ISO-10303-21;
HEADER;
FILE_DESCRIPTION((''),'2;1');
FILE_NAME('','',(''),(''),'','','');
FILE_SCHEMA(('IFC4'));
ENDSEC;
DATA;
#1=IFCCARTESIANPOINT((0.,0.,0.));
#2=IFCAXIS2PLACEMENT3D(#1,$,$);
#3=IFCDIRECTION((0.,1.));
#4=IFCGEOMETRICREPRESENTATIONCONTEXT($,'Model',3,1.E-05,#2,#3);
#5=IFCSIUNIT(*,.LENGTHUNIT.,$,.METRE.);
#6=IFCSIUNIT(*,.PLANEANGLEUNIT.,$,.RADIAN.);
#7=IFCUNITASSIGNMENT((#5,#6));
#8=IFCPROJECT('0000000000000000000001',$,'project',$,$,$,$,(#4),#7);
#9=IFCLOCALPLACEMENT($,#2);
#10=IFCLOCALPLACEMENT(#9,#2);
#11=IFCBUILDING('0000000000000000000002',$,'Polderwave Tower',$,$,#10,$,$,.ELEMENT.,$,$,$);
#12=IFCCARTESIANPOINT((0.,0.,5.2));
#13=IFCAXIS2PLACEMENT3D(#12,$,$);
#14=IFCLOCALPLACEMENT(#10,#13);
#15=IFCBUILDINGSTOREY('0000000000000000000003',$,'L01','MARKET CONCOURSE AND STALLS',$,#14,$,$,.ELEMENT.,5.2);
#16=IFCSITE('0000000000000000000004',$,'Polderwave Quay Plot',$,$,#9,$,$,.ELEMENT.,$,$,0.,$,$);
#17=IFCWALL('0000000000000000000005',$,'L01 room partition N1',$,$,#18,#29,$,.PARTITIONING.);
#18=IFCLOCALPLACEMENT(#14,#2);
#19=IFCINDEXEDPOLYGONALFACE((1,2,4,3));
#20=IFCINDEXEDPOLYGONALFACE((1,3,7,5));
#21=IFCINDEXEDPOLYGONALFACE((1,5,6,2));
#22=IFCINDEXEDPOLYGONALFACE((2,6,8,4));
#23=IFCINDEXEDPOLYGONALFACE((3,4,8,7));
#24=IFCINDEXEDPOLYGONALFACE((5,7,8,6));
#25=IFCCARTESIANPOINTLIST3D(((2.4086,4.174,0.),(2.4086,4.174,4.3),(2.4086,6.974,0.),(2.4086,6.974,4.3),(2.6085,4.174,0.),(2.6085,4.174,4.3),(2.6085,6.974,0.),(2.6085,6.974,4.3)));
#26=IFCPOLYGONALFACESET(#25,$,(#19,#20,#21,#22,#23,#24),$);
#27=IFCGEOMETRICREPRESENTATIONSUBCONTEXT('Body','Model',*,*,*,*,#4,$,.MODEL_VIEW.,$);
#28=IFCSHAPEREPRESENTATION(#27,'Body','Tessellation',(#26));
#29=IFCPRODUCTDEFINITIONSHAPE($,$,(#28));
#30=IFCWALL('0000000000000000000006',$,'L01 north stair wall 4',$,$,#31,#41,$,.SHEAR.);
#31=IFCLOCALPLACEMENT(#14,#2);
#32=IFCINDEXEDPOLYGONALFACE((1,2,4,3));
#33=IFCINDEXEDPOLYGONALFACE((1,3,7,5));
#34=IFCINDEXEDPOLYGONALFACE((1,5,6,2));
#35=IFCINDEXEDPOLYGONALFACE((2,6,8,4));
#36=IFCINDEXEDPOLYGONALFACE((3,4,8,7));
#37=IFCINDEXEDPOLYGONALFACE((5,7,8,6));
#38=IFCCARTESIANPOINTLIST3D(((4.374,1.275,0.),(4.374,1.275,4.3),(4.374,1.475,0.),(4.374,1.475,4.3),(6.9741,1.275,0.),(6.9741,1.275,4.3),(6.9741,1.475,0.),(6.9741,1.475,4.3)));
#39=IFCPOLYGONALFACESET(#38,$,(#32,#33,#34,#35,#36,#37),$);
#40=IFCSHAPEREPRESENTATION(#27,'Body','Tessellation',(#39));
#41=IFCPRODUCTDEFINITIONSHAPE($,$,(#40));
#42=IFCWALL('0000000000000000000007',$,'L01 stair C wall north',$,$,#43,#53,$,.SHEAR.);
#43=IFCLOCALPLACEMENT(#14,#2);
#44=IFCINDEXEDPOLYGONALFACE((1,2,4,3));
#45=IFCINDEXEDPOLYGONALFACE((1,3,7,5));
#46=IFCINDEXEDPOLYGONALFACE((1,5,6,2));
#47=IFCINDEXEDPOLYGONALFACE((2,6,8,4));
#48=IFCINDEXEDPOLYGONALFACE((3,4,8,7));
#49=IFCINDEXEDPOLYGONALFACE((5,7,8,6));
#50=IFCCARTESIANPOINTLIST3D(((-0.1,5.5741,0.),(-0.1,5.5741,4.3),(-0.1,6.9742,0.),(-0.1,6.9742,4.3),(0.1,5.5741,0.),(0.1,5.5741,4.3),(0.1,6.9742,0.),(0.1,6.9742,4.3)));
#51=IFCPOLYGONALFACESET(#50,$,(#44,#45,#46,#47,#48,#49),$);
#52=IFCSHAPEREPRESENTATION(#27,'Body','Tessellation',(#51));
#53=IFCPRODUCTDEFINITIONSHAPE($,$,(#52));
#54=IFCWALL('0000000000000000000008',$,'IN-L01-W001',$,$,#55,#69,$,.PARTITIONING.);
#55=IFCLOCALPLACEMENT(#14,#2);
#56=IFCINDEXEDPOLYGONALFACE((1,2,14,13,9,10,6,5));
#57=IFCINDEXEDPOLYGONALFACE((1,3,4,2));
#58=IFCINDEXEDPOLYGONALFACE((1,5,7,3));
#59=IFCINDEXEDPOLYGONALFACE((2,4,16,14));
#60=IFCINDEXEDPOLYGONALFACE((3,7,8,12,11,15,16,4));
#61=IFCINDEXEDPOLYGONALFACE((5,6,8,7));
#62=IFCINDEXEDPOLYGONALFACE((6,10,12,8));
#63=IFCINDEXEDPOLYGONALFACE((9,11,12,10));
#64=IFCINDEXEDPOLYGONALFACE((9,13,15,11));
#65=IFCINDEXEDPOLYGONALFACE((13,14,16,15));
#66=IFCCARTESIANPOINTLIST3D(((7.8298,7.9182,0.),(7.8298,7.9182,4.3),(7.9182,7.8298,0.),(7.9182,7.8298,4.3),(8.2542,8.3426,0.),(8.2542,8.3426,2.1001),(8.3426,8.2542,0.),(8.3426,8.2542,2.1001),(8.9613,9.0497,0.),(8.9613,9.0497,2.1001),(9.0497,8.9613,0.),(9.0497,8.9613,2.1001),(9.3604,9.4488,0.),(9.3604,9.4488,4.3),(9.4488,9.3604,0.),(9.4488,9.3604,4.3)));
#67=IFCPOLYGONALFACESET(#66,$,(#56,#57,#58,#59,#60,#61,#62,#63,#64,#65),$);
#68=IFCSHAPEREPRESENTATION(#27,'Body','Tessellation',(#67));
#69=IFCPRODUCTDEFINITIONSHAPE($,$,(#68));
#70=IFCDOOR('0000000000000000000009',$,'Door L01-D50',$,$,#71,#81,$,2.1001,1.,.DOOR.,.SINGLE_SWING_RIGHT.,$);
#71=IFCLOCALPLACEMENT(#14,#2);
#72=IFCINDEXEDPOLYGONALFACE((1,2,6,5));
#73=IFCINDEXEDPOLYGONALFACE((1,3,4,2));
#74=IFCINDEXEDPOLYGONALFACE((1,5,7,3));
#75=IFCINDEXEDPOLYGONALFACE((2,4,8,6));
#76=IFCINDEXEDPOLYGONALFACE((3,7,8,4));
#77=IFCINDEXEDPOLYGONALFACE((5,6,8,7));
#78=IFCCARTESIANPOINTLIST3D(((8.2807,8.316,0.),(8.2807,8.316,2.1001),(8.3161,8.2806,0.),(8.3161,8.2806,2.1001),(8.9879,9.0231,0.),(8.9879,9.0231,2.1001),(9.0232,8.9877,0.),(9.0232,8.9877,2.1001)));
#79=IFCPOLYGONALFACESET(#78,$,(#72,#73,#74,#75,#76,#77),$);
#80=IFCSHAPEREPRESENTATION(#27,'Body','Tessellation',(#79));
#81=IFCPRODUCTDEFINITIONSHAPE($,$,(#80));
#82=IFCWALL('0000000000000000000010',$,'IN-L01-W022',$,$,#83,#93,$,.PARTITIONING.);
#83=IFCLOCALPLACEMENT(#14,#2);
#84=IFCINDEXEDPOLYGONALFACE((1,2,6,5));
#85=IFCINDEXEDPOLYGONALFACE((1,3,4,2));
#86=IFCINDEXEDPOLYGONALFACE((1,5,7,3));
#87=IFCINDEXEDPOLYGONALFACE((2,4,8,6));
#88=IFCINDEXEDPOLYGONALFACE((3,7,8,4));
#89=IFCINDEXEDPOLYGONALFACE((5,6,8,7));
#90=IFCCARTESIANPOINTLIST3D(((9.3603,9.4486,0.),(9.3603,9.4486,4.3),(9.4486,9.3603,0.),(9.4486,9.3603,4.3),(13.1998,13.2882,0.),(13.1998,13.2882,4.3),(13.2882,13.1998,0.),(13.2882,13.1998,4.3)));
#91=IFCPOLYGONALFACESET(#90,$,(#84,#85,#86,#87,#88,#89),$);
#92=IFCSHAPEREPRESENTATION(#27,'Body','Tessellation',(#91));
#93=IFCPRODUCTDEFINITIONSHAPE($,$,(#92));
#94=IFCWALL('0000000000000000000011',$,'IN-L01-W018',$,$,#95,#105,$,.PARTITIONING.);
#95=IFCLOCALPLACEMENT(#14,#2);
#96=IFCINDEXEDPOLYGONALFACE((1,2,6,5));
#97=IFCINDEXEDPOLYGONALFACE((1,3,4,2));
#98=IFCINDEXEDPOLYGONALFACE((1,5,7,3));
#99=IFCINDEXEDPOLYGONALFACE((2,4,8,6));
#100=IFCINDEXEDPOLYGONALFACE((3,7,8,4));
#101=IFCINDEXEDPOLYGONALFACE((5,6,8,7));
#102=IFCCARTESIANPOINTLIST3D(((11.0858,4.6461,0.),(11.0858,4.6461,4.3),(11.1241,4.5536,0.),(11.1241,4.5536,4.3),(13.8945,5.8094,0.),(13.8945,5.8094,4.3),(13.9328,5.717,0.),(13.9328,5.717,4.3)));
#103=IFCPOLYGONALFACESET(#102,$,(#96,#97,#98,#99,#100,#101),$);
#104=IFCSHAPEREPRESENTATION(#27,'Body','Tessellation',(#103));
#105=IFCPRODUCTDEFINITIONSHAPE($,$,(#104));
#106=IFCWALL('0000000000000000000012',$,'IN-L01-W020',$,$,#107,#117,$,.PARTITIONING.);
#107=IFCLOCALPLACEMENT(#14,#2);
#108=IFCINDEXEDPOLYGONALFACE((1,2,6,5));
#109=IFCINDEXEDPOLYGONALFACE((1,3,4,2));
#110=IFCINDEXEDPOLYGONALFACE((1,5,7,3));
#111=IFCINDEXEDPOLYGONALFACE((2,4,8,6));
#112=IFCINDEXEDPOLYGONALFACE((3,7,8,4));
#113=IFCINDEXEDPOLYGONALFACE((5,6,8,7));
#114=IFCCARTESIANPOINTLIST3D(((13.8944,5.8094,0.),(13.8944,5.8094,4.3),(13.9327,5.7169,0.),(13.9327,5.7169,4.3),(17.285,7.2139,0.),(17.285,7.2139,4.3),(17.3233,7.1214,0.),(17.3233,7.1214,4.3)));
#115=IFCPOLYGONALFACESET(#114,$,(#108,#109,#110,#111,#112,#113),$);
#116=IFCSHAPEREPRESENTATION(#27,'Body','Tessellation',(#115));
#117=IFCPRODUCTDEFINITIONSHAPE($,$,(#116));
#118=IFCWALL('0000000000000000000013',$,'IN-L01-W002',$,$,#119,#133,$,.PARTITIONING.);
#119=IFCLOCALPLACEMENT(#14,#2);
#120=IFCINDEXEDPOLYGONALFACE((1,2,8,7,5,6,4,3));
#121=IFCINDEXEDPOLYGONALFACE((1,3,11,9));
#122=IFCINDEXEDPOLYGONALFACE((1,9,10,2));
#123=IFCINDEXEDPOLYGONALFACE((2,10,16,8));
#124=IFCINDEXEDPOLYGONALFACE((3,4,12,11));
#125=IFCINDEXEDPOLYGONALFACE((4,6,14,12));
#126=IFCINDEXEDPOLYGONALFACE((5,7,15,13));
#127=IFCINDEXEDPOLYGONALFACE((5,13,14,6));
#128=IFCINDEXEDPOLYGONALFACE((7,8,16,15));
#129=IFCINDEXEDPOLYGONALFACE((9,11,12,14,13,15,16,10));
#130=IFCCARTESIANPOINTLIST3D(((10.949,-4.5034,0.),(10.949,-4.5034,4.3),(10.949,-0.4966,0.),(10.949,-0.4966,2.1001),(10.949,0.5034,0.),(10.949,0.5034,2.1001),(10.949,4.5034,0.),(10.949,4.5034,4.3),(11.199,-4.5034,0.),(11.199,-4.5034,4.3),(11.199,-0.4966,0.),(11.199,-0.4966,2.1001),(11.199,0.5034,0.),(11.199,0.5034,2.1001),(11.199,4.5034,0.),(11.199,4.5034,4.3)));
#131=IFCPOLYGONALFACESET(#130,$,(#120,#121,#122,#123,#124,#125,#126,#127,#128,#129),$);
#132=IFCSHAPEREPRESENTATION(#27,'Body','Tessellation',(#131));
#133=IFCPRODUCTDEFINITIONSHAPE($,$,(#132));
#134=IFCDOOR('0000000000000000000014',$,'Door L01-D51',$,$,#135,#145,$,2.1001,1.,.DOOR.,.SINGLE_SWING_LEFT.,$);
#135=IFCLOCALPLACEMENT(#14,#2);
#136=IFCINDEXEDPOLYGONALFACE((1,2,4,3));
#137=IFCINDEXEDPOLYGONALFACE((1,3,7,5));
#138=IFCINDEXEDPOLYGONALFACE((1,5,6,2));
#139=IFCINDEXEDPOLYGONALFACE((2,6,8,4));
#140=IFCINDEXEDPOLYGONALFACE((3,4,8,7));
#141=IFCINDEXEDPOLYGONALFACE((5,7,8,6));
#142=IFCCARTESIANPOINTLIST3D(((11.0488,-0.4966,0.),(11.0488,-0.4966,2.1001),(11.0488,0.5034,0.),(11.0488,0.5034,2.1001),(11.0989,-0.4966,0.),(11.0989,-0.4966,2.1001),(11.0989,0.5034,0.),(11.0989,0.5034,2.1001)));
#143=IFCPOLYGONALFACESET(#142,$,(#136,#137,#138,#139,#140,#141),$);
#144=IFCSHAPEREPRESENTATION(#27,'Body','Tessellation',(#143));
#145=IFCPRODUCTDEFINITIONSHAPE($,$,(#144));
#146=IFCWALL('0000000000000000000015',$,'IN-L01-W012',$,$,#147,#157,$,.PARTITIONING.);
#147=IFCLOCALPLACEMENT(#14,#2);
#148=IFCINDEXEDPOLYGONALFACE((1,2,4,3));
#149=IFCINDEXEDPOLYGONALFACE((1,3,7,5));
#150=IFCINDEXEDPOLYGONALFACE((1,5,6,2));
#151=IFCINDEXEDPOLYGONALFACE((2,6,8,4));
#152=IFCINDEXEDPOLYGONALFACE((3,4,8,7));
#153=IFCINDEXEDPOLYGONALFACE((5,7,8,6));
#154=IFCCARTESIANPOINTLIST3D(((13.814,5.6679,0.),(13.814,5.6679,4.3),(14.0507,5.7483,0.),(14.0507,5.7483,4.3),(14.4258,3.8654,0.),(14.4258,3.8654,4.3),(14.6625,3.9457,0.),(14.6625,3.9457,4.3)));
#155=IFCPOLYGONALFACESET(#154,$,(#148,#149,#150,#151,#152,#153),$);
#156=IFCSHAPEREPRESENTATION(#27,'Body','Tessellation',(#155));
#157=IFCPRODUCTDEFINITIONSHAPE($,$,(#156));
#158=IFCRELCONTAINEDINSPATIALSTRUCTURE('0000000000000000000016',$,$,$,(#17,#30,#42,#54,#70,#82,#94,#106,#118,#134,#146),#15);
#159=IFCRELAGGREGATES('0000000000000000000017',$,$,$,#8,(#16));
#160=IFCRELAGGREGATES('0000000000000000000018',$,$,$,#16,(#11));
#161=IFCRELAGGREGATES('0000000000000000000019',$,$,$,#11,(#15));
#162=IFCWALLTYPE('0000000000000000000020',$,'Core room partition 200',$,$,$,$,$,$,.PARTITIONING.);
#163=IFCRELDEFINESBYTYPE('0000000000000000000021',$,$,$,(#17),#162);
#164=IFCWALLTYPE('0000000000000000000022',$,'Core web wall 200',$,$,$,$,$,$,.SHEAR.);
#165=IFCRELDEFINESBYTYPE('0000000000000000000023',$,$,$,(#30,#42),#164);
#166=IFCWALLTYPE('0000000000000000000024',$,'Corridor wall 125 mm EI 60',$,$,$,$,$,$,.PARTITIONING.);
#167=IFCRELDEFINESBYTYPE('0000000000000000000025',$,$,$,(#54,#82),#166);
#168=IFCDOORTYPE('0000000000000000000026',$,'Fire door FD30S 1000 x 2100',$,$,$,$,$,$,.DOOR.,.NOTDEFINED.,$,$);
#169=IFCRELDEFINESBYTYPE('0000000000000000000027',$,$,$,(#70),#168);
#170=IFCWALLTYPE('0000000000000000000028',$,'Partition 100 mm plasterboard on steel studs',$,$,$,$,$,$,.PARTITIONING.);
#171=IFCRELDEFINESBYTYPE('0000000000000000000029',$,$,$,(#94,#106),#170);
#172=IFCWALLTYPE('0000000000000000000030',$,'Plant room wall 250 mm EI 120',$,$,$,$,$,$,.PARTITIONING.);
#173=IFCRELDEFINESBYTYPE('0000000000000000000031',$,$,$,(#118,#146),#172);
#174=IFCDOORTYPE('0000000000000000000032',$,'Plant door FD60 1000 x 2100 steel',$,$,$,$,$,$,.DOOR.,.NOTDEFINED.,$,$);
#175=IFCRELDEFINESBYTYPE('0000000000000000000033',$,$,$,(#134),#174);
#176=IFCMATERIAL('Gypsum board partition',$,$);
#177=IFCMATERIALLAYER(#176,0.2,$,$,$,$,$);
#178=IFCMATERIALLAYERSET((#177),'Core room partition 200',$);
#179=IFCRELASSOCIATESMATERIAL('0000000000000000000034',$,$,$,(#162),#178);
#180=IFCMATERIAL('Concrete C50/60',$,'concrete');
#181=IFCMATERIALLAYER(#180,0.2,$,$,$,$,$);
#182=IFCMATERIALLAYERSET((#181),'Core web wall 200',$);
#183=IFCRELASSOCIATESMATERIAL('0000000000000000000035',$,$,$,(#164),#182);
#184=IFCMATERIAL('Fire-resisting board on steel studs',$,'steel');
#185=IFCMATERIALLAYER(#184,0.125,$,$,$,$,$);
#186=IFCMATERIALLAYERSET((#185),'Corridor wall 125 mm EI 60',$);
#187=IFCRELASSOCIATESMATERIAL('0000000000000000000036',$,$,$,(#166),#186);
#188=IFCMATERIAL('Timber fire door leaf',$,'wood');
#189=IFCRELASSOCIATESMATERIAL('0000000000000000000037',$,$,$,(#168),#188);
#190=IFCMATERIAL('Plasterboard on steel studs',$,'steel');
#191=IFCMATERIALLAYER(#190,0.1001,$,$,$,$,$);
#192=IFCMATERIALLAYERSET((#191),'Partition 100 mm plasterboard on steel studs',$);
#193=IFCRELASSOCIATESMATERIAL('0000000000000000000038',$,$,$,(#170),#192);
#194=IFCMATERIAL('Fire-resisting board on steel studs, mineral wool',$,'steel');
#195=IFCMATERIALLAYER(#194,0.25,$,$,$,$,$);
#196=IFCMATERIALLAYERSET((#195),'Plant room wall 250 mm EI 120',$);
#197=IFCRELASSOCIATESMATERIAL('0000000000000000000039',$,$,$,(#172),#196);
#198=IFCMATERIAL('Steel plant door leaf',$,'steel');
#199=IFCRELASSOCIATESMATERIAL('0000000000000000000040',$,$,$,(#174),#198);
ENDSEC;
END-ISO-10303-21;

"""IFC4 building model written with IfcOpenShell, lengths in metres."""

from ifc_helpers import new_model, si_unit, direction, frame, frame_2d, origin, place, context, subcontext, project, spatial, rectangle, extrude, material, layer, layer_set, type_object, element, fill, save


model = new_model("IFC4")

# Units and contexts
model_context = context("Model", 3, precision=1e-05, world=origin(), true_north=direction((0.0, 1.0)))
body_context = subcontext(model_context, "Body", "Model", "MODEL_VIEW")
ifc_project = project(units=[si_unit("LENGTHUNIT", "METRE"), si_unit("PLANEANGLEUNIT", "RADIAN")], contexts=[model_context])

# Site, building, storey
site_placement = place(None, origin())
site = spatial("IfcSite", under=ifc_project, at=site_placement, Name="Polderwave Quay Plot", CompositionType="ELEMENT", RefElevation=0.0)
building_placement = place(site_placement, origin())
building = spatial("IfcBuilding", under=site, at=building_placement, Name="Polderwave Tower", CompositionType="ELEMENT")
storey_placement = place(building_placement, frame((0.0, 0.0, 5.2)))
storey = spatial("IfcBuildingStorey", under=building, at=storey_placement, Name="L01", Description="MARKET CONCOURSE AND STALLS", CompositionType="ELEMENT", Elevation=5.2)

# Walls
ifc_material_1 = material(Name="Gypsum board partition")
ifc_layer_1 = layer(ifc_material_1, 0.2)
ifc_layer_set_1 = layer_set([ifc_layer_1], Name="Core room partition 200")
wall_type_1 = type_object("IfcWallType", Name="Core room partition 200", PredefinedType="PARTITIONING", material=ifc_layer_set_1)
wall_1_placement = place(storey_placement, frame((2.5085, 4.1741, 0.0), z_axis=(0.0, 0.0, 1.0), x_axis=(0.0, 1.0, 0.0)))
element("IfcWall", 1, at=wall_1_placement, inside=storey, type_object=wall_type_1, Name="L01 room partition N1", PredefinedType="PARTITIONING", context=body_context, shape_type="SweptSolid", body=[
    extrude(rectangle(XDim=2.8, YDim=0.2, at=frame_2d((1.3999, 0.0))), origin(), (0.0, 0.0, 1.0), 4.3),
])
ifc_material_2 = material(Name="Concrete C50/60", Category="concrete")
ifc_layer_2 = layer(ifc_material_2, 0.2)
ifc_layer_set_2 = layer_set([ifc_layer_2], Name="Core web wall 200")
wall_type_2 = type_object("IfcWallType", Name="Core web wall 200", PredefinedType="SHEAR", material=ifc_layer_set_2)
wall_2_placement = place(storey_placement, frame((4.374, 1.375, 0.0), z_axis=(0.0, 0.0, 1.0), x_axis=(1.0, 0.0, 0.0)))
element("IfcWall", 2, at=wall_2_placement, inside=storey, type_object=wall_type_2, Name="L01 north stair wall 4", PredefinedType="SHEAR", context=body_context, shape_type="SweptSolid", body=[
    extrude(rectangle(XDim=2.6001, YDim=0.2, at=frame_2d((1.3, 0.0))), origin(), (0.0, 0.0, 1.0), 4.3),
])
wall_3_placement = place(storey_placement, frame((0.0, 5.574, 0.0), z_axis=(0.0, 0.0, 1.0), x_axis=(0.0, 1.0, 0.0)))
element("IfcWall", 3, at=wall_3_placement, inside=storey, type_object=wall_type_2, Name="L01 stair C wall north", PredefinedType="SHEAR", context=body_context, shape_type="SweptSolid", body=[
    extrude(rectangle(XDim=1.4001, YDim=0.2, at=frame_2d((0.7002, 0.0))), origin(), (0.0, 0.0, 1.0), 4.3),
])

# Wall, opening, door
ifc_material_3 = material(Name="Fire-resisting board on steel studs", Category="steel")
ifc_layer_3 = layer(ifc_material_3, 0.125)
ifc_layer_set_3 = layer_set([ifc_layer_3], Name="Corridor wall 125 mm EI 60")
wall_type_3 = type_object("IfcWallType", Name="Corridor wall 125 mm EI 60", PredefinedType="PARTITIONING", material=ifc_layer_set_3)
wall_4_placement = place(storey_placement, frame((7.874, 7.874, 0.0), z_axis=(0.0, 0.0, 1.0), x_axis=(0.707107, 0.707107, 0.0)))
wall_4 = element("IfcWall", 4, at=wall_4_placement, inside=storey, type_object=wall_type_3, Name="IN-L01-W001", PredefinedType="PARTITIONING", context=body_context, shape_type="SweptSolid", body=[
    extrude(rectangle(XDim=2.1646, YDim=0.125, at=frame_2d((1.0823, 0.0))), origin(), (0.0, 0.0, 1.0), 4.3),
])
opening_1_placement = place(wall_4_placement, frame((0.6001, 0.0, 0.0)))
opening_1 = element("IfcOpeningElement", 5, at=opening_1_placement, cuts=wall_4, PredefinedType="OPENING", context=body_context, shape_type="SweptSolid", body=[
    extrude(rectangle(XDim=1.0, YDim=2.1001, at=frame_2d((0.5, 1.05))), frame((0.0, 0.0725, 0.0), z_axis=(0.0, -1.0, 0.0), x_axis=(1.0, 0.0, 0.0)), (0.0, 0.0, 1.0), 0.145),
])
ifc_material_4 = material(Name="Timber fire door leaf", Category="wood")
door_type_1 = type_object("IfcDoorType", Name="Fire door FD30S 1000 x 2100", OperationType="NOTDEFINED", PredefinedType="DOOR", material=ifc_material_4)
door_1_placement = place(opening_1_placement, origin())
door_1 = element("IfcDoor", 6, at=door_1_placement, inside=storey, type_object=door_type_1, Name="Door L01-D50", OperationType="SINGLE_SWING_RIGHT", OverallHeight=2.1001, OverallWidth=1.0, PredefinedType="DOOR", context=body_context, shape_type="SweptSolid", body=[
    extrude(rectangle(XDim=1.0, YDim=2.1001, at=frame_2d((0.5, 1.05))), frame((0.0, 0.0249, 0.0), z_axis=(0.0, -1.0, 0.0), x_axis=(1.0, 0.0, 0.0)), (0.0, 0.0, 1.0), 0.05),
])
fill(opening_1, door_1)

# Walls
wall_5_placement = place(storey_placement, frame((9.4045, 9.4045, 0.0), z_axis=(0.0, 0.0, 1.0), x_axis=(0.707107, 0.707107, 0.0)))
element("IfcWall", 7, at=wall_5_placement, inside=storey, type_object=wall_type_3, Name="IN-L01-W022", PredefinedType="PARTITIONING", context=body_context, shape_type="SweptSolid", body=[
    extrude(rectangle(XDim=5.4299, YDim=0.125, at=frame_2d((2.7148, 0.0))), origin(), (0.0, 0.0, 1.0), 4.3),
])
ifc_material_5 = material(Name="Plasterboard on steel studs", Category="steel")
ifc_layer_4 = layer(ifc_material_5, 0.1001)
ifc_layer_set_4 = layer_set([ifc_layer_4], Name="Partition 100 mm plasterboard on steel studs")
wall_type_4 = type_object("IfcWallType", Name="Partition 100 mm plasterboard on steel studs", PredefinedType="PARTITIONING", material=ifc_layer_set_4)
wall_6_placement = place(storey_placement, frame((11.105, 4.5999, 0.0), z_axis=(0.0, 0.0, 1.0), x_axis=(0.923883, 0.382676, 0.0)))
element("IfcWall", 8, at=wall_6_placement, inside=storey, type_object=wall_type_4, Name="IN-L01-W018", PredefinedType="PARTITIONING", context=body_context, shape_type="SweptSolid", body=[
    extrude(rectangle(XDim=3.04, YDim=0.1001, at=frame_2d((1.52, 0.0))), origin(), (0.0, 0.0, 1.0), 4.3),
])
wall_7_placement = place(storey_placement, frame((13.9136, 5.7632, 0.0), z_axis=(0.0, 0.0, 1.0), x_axis=(0.92387, 0.382706, 0.0)))
element("IfcWall", 9, at=wall_7_placement, inside=storey, type_object=wall_type_4, Name="IN-L01-W020", PredefinedType="PARTITIONING", context=body_context, shape_type="SweptSolid", body=[
    extrude(rectangle(XDim=3.6699, YDim=0.1001, at=frame_2d((1.835, 0.0))), origin(), (0.0, 0.0, 1.0), 4.3),
])

# Wall, opening, door
ifc_material_6 = material(Name="Fire-resisting board on steel studs, mineral wool", Category="steel")
ifc_layer_5 = layer(ifc_material_6, 0.25)
ifc_layer_set_5 = layer_set([ifc_layer_5], Name="Plant room wall 250 mm EI 120")
wall_type_5 = type_object("IfcWallType", Name="Plant room wall 250 mm EI 120", PredefinedType="PARTITIONING", material=ifc_layer_set_5)
wall_8_placement = place(storey_placement, frame((11.074, 4.5034, 0.0), z_axis=(0.0, 0.0, 1.0), x_axis=(0.0, -1.0, 0.0)))
wall_8 = element("IfcWall", 10, at=wall_8_placement, inside=storey, type_object=wall_type_5, Name="IN-L01-W002", PredefinedType="PARTITIONING", context=body_context, shape_type="SweptSolid", body=[
    extrude(rectangle(XDim=9.0068, YDim=0.25, at=frame_2d((4.5034, 0.0))), origin(), (0.0, 0.0, 1.0), 4.3),
])
opening_2_placement = place(wall_8_placement, frame((4.0, 0.0, 0.0)))
opening_2 = element("IfcOpeningElement", 11, at=opening_2_placement, cuts=wall_8, PredefinedType="OPENING", context=body_context, shape_type="SweptSolid", body=[
    extrude(rectangle(XDim=1.0, YDim=2.1001, at=frame_2d((0.5, 1.05))), frame((0.0, 0.135, 0.0), z_axis=(0.0, -1.0, 0.0), x_axis=(1.0, 0.0, 0.0)), (0.0, 0.0, 1.0), 0.27),
])
ifc_material_7 = material(Name="Steel plant door leaf", Category="steel")
door_type_2 = type_object("IfcDoorType", Name="Plant door FD60 1000 x 2100 steel", OperationType="NOTDEFINED", PredefinedType="DOOR", material=ifc_material_7)
door_2_placement = place(opening_2_placement, origin())
door_2 = element("IfcDoor", 12, at=door_2_placement, inside=storey, type_object=door_type_2, Name="Door L01-D51", OperationType="SINGLE_SWING_LEFT", OverallHeight=2.1001, OverallWidth=1.0, PredefinedType="DOOR", context=body_context, shape_type="SweptSolid", body=[
    extrude(rectangle(XDim=1.0, YDim=2.1001, at=frame_2d((0.5, 1.05))), frame((0.0, 0.0249, 0.0), z_axis=(0.0, -1.0, 0.0), x_axis=(1.0, 0.0, 0.0)), (0.0, 0.0, 1.0), 0.05),
])
fill(opening_2, door_2)

# Wall
wall_9_placement = place(storey_placement, frame((13.9324, 5.708, 0.0), z_axis=(0.0, 0.0, 1.0), x_axis=(0.321418, -0.946938, 0.0)))
element("IfcWall", 13, at=wall_9_placement, inside=storey, type_object=wall_type_5, Name="IN-L01-W012", PredefinedType="PARTITIONING", context=body_context, shape_type="SweptSolid", body=[
    extrude(rectangle(XDim=1.9036, YDim=0.25, at=frame_2d((0.9517, 0.0))), origin(), (0.0, 0.0, 1.0), 4.3),
])

save(model, "model.ifc")
